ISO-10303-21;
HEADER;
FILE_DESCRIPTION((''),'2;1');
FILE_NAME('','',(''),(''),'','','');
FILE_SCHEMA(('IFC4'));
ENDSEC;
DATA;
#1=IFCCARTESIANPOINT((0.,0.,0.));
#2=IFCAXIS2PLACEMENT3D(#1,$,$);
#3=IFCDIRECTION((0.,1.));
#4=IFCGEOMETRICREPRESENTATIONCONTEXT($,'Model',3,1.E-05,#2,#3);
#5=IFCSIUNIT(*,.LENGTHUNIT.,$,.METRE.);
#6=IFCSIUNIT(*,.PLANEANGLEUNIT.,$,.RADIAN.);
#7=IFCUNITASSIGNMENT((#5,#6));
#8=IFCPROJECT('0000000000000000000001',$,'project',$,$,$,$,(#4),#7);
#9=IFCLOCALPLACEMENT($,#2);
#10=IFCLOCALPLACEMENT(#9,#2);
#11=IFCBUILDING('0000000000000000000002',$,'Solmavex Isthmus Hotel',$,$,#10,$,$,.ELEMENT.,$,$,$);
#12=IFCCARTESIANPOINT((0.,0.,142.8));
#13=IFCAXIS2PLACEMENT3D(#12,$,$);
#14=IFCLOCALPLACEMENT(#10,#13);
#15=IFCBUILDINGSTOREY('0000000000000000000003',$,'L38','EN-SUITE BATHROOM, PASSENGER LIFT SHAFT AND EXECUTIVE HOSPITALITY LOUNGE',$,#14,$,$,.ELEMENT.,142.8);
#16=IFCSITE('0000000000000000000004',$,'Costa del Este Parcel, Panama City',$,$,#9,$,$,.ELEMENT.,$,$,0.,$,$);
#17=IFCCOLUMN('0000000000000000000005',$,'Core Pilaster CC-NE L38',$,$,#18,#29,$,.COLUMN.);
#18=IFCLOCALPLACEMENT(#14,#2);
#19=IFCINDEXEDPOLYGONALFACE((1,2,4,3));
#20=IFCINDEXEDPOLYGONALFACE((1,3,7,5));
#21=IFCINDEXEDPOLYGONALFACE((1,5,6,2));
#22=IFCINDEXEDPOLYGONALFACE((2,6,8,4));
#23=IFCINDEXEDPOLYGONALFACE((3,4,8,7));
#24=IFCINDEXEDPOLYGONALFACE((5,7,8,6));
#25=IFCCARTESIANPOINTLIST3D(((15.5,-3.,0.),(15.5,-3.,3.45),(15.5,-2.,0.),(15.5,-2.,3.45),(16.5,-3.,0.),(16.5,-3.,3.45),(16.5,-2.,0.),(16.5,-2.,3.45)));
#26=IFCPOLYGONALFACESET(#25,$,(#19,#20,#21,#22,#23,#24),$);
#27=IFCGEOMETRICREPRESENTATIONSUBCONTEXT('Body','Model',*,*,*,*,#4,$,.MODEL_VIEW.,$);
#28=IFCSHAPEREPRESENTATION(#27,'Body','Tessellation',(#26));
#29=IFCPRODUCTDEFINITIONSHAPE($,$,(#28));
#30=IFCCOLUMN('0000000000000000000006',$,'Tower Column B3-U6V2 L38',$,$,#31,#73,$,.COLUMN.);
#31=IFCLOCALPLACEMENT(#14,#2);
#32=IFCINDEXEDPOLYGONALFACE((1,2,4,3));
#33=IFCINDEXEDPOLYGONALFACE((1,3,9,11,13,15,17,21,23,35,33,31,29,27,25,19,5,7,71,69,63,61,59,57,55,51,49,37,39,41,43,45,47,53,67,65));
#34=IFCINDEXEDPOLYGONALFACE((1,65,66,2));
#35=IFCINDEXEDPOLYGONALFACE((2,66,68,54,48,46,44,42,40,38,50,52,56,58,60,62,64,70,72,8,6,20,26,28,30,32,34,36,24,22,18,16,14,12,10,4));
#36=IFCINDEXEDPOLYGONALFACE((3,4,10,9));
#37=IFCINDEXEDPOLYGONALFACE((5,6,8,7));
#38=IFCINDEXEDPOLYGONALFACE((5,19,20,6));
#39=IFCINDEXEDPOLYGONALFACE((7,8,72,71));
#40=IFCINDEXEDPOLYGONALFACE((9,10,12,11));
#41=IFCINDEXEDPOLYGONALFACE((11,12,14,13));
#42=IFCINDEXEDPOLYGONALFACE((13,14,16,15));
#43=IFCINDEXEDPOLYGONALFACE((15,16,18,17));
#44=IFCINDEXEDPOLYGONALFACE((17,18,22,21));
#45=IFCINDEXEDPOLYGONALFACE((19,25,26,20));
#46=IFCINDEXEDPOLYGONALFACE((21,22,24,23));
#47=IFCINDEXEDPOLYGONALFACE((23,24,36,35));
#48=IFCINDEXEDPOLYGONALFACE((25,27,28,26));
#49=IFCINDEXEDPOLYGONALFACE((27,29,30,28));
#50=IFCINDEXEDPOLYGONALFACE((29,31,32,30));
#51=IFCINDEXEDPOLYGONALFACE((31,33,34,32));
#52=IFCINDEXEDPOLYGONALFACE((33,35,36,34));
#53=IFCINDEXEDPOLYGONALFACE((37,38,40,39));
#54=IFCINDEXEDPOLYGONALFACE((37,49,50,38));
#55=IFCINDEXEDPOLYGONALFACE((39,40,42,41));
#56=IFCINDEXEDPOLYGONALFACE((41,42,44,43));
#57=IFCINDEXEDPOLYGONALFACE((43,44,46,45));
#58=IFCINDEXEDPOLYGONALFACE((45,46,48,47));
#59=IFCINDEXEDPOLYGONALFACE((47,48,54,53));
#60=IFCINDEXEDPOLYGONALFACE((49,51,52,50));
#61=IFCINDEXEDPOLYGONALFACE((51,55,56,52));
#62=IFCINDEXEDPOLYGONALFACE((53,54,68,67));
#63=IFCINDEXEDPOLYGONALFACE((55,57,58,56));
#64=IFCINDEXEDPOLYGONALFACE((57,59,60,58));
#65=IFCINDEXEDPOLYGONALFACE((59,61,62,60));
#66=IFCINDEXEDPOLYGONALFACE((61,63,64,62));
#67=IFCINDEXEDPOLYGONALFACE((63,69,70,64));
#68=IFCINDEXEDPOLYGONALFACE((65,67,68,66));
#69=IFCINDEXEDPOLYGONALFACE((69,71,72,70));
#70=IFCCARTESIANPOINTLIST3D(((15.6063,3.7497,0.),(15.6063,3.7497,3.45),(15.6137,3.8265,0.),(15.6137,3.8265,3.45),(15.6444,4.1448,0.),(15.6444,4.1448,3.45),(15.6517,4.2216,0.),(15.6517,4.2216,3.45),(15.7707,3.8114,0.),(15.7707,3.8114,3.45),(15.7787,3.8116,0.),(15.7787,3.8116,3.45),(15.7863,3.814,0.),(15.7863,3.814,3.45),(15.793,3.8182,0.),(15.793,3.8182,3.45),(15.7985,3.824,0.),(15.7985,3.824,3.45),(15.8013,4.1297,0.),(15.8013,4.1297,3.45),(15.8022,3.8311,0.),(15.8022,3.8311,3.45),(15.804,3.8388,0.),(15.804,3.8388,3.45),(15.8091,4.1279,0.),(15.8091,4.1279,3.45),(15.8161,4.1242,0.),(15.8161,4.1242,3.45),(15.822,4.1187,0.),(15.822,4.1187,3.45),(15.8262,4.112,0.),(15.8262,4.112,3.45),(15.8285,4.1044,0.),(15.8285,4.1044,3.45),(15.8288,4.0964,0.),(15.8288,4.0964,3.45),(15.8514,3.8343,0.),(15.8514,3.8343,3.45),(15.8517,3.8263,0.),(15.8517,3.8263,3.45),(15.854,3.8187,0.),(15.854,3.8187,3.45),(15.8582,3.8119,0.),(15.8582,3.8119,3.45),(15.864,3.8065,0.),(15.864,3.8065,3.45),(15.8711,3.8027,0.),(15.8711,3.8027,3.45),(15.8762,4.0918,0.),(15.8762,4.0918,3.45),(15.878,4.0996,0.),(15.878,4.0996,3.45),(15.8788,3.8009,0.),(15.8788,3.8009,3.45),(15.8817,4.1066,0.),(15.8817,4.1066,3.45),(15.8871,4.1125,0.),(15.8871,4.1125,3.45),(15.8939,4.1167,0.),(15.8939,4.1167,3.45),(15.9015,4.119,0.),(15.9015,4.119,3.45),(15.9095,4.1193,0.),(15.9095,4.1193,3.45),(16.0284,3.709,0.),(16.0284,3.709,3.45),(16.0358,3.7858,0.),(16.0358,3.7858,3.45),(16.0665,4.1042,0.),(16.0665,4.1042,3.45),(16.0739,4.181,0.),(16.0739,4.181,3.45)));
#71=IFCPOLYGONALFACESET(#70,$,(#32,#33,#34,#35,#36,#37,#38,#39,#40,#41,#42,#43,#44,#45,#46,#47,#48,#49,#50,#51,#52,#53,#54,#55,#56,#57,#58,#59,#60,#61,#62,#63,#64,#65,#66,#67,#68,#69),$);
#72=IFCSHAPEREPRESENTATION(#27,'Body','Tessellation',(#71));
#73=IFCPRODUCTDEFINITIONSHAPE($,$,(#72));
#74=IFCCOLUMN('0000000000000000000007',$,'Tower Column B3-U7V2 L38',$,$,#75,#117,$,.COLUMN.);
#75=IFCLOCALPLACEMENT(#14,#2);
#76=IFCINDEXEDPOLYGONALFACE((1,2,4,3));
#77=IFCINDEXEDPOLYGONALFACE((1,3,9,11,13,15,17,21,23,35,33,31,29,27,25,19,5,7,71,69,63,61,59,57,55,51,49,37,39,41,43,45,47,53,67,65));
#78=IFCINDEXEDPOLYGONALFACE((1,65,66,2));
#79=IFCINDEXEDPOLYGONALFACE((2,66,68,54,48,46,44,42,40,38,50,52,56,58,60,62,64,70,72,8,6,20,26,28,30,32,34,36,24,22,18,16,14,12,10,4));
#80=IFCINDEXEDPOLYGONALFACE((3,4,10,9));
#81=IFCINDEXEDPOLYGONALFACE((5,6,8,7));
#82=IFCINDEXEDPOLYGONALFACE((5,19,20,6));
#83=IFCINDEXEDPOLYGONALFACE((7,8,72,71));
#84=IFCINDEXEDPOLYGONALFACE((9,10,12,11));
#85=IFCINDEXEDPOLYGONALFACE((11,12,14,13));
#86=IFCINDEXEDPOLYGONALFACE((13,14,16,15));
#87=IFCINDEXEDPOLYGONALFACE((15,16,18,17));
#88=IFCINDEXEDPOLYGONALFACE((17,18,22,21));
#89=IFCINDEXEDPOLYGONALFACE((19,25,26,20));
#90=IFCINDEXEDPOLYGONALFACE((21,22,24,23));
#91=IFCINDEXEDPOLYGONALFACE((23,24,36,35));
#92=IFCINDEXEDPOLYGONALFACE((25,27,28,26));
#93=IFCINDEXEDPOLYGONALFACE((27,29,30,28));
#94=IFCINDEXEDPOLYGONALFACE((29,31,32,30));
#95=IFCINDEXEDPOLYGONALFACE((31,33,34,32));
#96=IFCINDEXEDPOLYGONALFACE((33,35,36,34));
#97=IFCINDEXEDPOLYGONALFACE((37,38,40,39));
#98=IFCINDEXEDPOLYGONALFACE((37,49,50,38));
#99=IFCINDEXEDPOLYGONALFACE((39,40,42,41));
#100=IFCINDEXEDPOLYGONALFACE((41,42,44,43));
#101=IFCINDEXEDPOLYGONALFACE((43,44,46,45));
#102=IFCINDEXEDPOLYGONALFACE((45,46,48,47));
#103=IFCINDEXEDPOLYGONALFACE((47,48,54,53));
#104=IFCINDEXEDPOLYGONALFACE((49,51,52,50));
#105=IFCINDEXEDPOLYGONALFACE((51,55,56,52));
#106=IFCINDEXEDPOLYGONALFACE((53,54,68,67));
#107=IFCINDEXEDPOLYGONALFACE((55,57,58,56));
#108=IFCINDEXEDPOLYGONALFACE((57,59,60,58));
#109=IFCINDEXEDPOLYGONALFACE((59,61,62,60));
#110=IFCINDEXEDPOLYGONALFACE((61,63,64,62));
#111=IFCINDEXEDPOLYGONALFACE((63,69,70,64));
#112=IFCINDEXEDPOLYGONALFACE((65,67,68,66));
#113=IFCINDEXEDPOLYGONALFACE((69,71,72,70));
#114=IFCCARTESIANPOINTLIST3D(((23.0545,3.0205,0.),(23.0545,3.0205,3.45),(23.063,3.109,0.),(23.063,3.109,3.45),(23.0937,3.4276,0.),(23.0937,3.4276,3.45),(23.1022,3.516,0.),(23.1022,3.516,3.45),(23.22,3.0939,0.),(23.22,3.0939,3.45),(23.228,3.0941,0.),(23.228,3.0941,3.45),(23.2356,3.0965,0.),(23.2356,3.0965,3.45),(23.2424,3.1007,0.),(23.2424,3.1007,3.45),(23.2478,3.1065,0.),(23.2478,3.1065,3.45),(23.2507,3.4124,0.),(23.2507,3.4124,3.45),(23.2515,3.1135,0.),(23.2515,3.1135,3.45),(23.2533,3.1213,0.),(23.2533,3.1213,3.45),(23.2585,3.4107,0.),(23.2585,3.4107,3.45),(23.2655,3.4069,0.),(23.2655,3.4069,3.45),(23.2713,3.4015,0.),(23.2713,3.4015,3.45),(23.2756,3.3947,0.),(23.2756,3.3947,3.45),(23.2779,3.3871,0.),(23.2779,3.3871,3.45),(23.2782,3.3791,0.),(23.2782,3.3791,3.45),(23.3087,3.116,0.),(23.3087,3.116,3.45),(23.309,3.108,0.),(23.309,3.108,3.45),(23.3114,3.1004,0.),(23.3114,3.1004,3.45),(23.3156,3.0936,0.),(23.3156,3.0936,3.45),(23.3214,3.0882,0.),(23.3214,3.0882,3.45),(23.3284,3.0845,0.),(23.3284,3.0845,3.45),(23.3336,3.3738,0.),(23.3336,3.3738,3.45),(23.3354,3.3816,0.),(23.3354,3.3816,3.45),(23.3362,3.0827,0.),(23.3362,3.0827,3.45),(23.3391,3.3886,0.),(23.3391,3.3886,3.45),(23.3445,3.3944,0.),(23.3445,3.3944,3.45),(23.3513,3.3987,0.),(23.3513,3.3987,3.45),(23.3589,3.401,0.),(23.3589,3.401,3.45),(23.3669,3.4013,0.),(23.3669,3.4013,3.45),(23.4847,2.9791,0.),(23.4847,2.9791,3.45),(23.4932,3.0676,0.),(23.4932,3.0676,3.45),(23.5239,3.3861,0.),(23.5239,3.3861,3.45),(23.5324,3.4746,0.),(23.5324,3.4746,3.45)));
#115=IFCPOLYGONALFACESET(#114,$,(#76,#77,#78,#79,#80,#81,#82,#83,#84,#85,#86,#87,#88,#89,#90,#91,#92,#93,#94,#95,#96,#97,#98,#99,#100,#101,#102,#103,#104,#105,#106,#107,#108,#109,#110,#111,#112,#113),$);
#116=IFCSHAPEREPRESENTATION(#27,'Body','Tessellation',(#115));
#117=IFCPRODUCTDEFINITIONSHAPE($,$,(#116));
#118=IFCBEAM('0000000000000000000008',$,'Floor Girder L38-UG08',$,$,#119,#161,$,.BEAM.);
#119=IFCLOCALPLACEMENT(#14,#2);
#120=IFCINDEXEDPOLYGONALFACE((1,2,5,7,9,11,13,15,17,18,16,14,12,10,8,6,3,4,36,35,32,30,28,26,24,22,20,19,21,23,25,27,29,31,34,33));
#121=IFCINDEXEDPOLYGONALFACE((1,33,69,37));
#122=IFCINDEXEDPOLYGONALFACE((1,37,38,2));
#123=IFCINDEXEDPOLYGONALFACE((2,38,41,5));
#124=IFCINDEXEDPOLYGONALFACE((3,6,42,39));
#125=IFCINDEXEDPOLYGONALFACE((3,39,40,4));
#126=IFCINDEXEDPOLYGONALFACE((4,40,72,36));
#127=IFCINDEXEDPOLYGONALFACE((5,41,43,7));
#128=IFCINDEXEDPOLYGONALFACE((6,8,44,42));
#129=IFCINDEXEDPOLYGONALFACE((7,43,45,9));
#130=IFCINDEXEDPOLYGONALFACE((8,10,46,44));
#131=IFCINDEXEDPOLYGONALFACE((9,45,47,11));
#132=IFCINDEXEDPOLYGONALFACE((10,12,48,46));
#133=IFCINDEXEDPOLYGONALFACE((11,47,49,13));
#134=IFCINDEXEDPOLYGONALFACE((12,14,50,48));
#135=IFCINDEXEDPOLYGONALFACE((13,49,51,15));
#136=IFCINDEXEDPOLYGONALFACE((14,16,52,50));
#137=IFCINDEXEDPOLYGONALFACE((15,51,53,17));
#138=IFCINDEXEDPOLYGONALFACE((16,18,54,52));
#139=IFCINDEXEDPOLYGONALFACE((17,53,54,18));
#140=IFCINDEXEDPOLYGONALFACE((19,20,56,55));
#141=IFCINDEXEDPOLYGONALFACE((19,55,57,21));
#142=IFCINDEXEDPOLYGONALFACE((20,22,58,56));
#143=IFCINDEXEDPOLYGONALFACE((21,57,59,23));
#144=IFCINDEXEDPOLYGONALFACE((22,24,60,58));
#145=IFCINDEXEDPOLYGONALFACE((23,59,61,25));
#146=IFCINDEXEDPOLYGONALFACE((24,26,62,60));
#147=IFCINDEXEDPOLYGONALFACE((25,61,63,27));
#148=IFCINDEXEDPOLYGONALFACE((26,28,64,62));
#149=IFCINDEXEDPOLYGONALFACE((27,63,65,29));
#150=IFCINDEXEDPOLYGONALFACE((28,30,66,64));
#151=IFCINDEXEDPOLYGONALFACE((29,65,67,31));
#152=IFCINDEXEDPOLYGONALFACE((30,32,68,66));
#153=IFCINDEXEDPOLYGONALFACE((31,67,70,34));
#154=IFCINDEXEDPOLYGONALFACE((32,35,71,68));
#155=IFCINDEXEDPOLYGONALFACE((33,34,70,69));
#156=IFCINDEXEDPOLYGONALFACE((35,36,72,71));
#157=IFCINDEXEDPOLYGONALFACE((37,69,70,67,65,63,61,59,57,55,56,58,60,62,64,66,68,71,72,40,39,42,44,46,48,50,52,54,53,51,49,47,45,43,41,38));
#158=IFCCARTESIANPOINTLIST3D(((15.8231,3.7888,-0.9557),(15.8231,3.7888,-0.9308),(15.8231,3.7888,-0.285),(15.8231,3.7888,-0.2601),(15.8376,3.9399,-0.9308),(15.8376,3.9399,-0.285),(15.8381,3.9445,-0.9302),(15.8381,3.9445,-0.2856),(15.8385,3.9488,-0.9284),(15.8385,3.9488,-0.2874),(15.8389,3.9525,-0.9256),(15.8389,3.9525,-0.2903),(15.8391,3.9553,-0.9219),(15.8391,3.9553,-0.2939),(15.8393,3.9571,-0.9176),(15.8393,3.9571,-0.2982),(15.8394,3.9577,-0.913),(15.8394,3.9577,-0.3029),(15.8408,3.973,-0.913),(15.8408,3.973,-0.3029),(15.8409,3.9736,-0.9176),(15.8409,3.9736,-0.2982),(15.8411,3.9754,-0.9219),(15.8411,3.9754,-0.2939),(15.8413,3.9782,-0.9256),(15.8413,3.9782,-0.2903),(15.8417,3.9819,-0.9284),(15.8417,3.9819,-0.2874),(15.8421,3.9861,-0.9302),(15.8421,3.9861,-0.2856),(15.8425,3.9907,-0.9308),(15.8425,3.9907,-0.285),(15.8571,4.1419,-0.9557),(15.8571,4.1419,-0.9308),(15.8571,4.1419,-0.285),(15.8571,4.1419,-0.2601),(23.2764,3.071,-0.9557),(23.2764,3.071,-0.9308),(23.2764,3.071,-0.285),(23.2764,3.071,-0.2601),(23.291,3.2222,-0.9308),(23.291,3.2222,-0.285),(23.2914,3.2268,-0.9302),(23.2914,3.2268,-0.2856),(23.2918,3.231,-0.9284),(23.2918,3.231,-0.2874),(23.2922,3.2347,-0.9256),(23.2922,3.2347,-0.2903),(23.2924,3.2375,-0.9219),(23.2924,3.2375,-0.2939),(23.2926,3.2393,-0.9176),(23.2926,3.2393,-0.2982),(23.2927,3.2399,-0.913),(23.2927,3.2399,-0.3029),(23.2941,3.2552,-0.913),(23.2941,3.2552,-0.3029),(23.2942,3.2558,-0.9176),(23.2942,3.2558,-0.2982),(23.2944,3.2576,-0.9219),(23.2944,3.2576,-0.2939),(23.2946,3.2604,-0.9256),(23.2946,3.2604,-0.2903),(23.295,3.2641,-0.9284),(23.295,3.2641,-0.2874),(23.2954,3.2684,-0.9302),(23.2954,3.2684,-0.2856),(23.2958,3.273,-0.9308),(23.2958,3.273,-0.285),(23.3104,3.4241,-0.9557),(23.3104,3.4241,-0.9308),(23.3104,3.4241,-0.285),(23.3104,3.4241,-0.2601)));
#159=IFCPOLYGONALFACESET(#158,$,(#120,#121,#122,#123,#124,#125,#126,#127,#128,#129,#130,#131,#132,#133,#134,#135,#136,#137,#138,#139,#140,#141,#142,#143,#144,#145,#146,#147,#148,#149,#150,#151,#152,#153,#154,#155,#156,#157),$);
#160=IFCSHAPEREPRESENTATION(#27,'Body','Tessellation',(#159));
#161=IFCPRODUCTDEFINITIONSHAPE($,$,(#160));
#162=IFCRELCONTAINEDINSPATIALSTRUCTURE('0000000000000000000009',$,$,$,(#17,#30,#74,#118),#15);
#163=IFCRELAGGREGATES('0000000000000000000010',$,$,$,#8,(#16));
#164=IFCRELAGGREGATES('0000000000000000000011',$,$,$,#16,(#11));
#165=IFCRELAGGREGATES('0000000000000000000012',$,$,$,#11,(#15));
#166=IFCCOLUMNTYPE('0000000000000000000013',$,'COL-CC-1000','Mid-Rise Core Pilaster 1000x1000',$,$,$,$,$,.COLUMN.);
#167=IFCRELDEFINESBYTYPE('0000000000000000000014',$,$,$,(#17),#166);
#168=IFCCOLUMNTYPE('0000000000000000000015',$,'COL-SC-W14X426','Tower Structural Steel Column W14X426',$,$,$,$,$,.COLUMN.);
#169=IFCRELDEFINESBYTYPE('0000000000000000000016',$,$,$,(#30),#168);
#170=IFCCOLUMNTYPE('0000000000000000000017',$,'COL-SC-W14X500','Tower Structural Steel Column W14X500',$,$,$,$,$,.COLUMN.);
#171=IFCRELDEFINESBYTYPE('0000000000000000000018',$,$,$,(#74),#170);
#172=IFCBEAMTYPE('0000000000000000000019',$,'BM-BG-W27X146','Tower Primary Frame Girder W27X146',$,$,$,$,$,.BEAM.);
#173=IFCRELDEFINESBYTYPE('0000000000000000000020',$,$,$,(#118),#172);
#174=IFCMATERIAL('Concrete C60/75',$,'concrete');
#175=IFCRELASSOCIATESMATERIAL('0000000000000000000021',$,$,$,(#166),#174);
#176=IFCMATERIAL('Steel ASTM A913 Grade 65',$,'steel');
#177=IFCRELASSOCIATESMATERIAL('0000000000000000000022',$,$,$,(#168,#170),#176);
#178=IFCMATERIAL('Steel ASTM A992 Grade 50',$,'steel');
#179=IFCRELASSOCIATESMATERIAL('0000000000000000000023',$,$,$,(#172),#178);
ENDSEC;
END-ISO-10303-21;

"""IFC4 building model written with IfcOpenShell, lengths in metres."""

from ifc_helpers import new_model, si_unit, direction, frame, origin, origin_2d, place, context, subcontext, project, spatial, rectangle, i_section, extrude, material, material_profile, profile_set, type_object, element, save


model = new_model("IFC4")

# Units and contexts
model_context = context("Model", 3, precision=1e-05, world=origin(), true_north=direction((0.0, 1.0)))
body_context = subcontext(model_context, "Body", "Model", "MODEL_VIEW")
ifc_project = project(units=[si_unit("LENGTHUNIT", "METRE"), si_unit("PLANEANGLEUNIT", "RADIAN")], contexts=[model_context])

# Site, building, storey
site_placement = place(None, origin())
site = spatial("IfcSite", under=ifc_project, at=site_placement, Name="Costa del Este Parcel, Panama City", CompositionType="ELEMENT", RefElevation=0.0)
building_placement = place(site_placement, origin())
building = spatial("IfcBuilding", under=site, at=building_placement, Name="Solmavex Isthmus Hotel", CompositionType="ELEMENT")
storey_placement = place(building_placement, frame((0.0, 0.0, 142.8)))
storey = spatial("IfcBuildingStorey", under=building, at=storey_placement, Name="L38", Description="EN-SUITE BATHROOM, PASSENGER LIFT SHAFT AND EXECUTIVE HOSPITALITY LOUNGE", CompositionType="ELEMENT", Elevation=142.8)

# Columns
ifc_material_1 = material(Name="Concrete C60/75", Category="concrete")
ifc_material_profile_1 = material_profile(ifc_material_1, rectangle(XDim=1.0, YDim=1.0, at=origin_2d()), Name="RC1000X1000")
ifc_profile_set_1 = profile_set([ifc_material_profile_1], Name="Concrete C60/75")
column_type_1 = type_object("IfcColumnType", Name="COL-CC-1000", Description="Mid-Rise Core Pilaster 1000x1000", PredefinedType="COLUMN", material=ifc_profile_set_1)
column_1_placement = place(storey_placement, frame((16.0, -2.5, 0.0), z_axis=(0.0, 0.0, 1.0), x_axis=(1.0, 0.0, 0.0)))
element("IfcColumn", 1, at=column_1_placement, inside=storey, type_object=column_type_1, Name="Core Pilaster CC-NE L38", PredefinedType="COLUMN", context=body_context, shape_type="SweptSolid", body=[
    extrude(rectangle(XDim=1.0, YDim=1.0, at=origin_2d()), origin(), (0.0, 0.0, 1.0), 3.45),
])
ifc_material_2 = material(Name="Steel ASTM A913 Grade 65", Category="steel")
ifc_material_profile_2 = material_profile(ifc_material_2, i_section(OverallWidth=0.4241, OverallDepth=0.4741, WebThickness=0.0476, FlangeThickness=0.0771, FilletRadius=0.0305, at=origin_2d()), Name="W14X426")
ifc_profile_set_2 = profile_set([ifc_material_profile_2], Name="Steel ASTM A913 Grade 65")
column_type_2 = type_object("IfcColumnType", Name="COL-SC-W14X426", Description="Tower Structural Steel Column W14X426", PredefinedType="COLUMN", material=ifc_profile_set_2)
column_2_placement = place(storey_placement, frame((15.8401, 3.9653, 0.0), z_axis=(0.0, 0.0, 1.0), x_axis=(0.995396, -0.095846, 0.0)))
element("IfcColumn", 2, at=column_2_placement, inside=storey, type_object=column_type_2, Name="Tower Column B3-U6V2 L38", PredefinedType="COLUMN", context=body_context, shape_type="SweptSolid", body=[
    extrude(i_section(OverallWidth=0.4241, OverallDepth=0.4741, WebThickness=0.0476, FlangeThickness=0.0771, FilletRadius=0.0305, at=origin_2d()), origin(), (0.0, 0.0, 1.0), 3.45),
])
ifc_material_profile_3 = material_profile(ifc_material_2, i_section(OverallWidth=0.4321, OverallDepth=0.4978, WebThickness=0.0557, FlangeThickness=0.0889, FilletRadius=0.0305, at=origin_2d()), Name="W14X500")
ifc_profile_set_3 = profile_set([ifc_material_profile_3], Name="Steel ASTM A913 Grade 65")
column_type_3 = type_object("IfcColumnType", Name="COL-SC-W14X500", Description="Tower Structural Steel Column W14X500", PredefinedType="COLUMN", material=ifc_profile_set_3)
column_3_placement = place(storey_placement, frame((23.2935, 3.2476, 0.0), z_axis=(0.0, 0.0, 1.0), x_axis=(0.995396, -0.095846, 0.0)))
element("IfcColumn", 3, at=column_3_placement, inside=storey, type_object=column_type_3, Name="Tower Column B3-U7V2 L38", PredefinedType="COLUMN", context=body_context, shape_type="SweptSolid", body=[
    extrude(i_section(OverallWidth=0.4321, OverallDepth=0.4978, WebThickness=0.0557, FlangeThickness=0.0889, FilletRadius=0.0305, at=origin_2d()), origin(), (0.0, 0.0, 1.0), 3.45),
])

# Beam
ifc_material_3 = material(Name="Steel ASTM A992 Grade 50", Category="steel")
ifc_material_profile_4 = material_profile(ifc_material_3, i_section(OverallWidth=0.3547, OverallDepth=0.6956, WebThickness=0.0154, FlangeThickness=0.0249, FilletRadius=0.0178, at=origin_2d()), Name="W27X146")
ifc_profile_set_4 = profile_set([ifc_material_profile_4], Name="Steel ASTM A992 Grade 50")
beam_type_1 = type_object("IfcBeamType", Name="BM-BG-W27X146", Description="Tower Primary Frame Girder W27X146", PredefinedType="BEAM", material=ifc_profile_set_4)
beam_1_placement = place(storey_placement, frame((15.8401, 3.9653, -0.6079), z_axis=(0.995395, -0.095858, 0.0), x_axis=(0.095858, 0.995395, 0.0)))
element("IfcBeam", 4, at=beam_1_placement, inside=storey, type_object=beam_type_1, Name="Floor Girder L38-UG08", PredefinedType="BEAM", context=body_context, shape_type="SweptSolid", body=[
    extrude(i_section(OverallWidth=0.3547, OverallDepth=0.6956, WebThickness=0.0154, FlangeThickness=0.0249, FilletRadius=0.0178, at=origin_2d()), origin(), (0.0, 0.0, 1.0), 7.4878),
])

save(model, "model.ifc")
